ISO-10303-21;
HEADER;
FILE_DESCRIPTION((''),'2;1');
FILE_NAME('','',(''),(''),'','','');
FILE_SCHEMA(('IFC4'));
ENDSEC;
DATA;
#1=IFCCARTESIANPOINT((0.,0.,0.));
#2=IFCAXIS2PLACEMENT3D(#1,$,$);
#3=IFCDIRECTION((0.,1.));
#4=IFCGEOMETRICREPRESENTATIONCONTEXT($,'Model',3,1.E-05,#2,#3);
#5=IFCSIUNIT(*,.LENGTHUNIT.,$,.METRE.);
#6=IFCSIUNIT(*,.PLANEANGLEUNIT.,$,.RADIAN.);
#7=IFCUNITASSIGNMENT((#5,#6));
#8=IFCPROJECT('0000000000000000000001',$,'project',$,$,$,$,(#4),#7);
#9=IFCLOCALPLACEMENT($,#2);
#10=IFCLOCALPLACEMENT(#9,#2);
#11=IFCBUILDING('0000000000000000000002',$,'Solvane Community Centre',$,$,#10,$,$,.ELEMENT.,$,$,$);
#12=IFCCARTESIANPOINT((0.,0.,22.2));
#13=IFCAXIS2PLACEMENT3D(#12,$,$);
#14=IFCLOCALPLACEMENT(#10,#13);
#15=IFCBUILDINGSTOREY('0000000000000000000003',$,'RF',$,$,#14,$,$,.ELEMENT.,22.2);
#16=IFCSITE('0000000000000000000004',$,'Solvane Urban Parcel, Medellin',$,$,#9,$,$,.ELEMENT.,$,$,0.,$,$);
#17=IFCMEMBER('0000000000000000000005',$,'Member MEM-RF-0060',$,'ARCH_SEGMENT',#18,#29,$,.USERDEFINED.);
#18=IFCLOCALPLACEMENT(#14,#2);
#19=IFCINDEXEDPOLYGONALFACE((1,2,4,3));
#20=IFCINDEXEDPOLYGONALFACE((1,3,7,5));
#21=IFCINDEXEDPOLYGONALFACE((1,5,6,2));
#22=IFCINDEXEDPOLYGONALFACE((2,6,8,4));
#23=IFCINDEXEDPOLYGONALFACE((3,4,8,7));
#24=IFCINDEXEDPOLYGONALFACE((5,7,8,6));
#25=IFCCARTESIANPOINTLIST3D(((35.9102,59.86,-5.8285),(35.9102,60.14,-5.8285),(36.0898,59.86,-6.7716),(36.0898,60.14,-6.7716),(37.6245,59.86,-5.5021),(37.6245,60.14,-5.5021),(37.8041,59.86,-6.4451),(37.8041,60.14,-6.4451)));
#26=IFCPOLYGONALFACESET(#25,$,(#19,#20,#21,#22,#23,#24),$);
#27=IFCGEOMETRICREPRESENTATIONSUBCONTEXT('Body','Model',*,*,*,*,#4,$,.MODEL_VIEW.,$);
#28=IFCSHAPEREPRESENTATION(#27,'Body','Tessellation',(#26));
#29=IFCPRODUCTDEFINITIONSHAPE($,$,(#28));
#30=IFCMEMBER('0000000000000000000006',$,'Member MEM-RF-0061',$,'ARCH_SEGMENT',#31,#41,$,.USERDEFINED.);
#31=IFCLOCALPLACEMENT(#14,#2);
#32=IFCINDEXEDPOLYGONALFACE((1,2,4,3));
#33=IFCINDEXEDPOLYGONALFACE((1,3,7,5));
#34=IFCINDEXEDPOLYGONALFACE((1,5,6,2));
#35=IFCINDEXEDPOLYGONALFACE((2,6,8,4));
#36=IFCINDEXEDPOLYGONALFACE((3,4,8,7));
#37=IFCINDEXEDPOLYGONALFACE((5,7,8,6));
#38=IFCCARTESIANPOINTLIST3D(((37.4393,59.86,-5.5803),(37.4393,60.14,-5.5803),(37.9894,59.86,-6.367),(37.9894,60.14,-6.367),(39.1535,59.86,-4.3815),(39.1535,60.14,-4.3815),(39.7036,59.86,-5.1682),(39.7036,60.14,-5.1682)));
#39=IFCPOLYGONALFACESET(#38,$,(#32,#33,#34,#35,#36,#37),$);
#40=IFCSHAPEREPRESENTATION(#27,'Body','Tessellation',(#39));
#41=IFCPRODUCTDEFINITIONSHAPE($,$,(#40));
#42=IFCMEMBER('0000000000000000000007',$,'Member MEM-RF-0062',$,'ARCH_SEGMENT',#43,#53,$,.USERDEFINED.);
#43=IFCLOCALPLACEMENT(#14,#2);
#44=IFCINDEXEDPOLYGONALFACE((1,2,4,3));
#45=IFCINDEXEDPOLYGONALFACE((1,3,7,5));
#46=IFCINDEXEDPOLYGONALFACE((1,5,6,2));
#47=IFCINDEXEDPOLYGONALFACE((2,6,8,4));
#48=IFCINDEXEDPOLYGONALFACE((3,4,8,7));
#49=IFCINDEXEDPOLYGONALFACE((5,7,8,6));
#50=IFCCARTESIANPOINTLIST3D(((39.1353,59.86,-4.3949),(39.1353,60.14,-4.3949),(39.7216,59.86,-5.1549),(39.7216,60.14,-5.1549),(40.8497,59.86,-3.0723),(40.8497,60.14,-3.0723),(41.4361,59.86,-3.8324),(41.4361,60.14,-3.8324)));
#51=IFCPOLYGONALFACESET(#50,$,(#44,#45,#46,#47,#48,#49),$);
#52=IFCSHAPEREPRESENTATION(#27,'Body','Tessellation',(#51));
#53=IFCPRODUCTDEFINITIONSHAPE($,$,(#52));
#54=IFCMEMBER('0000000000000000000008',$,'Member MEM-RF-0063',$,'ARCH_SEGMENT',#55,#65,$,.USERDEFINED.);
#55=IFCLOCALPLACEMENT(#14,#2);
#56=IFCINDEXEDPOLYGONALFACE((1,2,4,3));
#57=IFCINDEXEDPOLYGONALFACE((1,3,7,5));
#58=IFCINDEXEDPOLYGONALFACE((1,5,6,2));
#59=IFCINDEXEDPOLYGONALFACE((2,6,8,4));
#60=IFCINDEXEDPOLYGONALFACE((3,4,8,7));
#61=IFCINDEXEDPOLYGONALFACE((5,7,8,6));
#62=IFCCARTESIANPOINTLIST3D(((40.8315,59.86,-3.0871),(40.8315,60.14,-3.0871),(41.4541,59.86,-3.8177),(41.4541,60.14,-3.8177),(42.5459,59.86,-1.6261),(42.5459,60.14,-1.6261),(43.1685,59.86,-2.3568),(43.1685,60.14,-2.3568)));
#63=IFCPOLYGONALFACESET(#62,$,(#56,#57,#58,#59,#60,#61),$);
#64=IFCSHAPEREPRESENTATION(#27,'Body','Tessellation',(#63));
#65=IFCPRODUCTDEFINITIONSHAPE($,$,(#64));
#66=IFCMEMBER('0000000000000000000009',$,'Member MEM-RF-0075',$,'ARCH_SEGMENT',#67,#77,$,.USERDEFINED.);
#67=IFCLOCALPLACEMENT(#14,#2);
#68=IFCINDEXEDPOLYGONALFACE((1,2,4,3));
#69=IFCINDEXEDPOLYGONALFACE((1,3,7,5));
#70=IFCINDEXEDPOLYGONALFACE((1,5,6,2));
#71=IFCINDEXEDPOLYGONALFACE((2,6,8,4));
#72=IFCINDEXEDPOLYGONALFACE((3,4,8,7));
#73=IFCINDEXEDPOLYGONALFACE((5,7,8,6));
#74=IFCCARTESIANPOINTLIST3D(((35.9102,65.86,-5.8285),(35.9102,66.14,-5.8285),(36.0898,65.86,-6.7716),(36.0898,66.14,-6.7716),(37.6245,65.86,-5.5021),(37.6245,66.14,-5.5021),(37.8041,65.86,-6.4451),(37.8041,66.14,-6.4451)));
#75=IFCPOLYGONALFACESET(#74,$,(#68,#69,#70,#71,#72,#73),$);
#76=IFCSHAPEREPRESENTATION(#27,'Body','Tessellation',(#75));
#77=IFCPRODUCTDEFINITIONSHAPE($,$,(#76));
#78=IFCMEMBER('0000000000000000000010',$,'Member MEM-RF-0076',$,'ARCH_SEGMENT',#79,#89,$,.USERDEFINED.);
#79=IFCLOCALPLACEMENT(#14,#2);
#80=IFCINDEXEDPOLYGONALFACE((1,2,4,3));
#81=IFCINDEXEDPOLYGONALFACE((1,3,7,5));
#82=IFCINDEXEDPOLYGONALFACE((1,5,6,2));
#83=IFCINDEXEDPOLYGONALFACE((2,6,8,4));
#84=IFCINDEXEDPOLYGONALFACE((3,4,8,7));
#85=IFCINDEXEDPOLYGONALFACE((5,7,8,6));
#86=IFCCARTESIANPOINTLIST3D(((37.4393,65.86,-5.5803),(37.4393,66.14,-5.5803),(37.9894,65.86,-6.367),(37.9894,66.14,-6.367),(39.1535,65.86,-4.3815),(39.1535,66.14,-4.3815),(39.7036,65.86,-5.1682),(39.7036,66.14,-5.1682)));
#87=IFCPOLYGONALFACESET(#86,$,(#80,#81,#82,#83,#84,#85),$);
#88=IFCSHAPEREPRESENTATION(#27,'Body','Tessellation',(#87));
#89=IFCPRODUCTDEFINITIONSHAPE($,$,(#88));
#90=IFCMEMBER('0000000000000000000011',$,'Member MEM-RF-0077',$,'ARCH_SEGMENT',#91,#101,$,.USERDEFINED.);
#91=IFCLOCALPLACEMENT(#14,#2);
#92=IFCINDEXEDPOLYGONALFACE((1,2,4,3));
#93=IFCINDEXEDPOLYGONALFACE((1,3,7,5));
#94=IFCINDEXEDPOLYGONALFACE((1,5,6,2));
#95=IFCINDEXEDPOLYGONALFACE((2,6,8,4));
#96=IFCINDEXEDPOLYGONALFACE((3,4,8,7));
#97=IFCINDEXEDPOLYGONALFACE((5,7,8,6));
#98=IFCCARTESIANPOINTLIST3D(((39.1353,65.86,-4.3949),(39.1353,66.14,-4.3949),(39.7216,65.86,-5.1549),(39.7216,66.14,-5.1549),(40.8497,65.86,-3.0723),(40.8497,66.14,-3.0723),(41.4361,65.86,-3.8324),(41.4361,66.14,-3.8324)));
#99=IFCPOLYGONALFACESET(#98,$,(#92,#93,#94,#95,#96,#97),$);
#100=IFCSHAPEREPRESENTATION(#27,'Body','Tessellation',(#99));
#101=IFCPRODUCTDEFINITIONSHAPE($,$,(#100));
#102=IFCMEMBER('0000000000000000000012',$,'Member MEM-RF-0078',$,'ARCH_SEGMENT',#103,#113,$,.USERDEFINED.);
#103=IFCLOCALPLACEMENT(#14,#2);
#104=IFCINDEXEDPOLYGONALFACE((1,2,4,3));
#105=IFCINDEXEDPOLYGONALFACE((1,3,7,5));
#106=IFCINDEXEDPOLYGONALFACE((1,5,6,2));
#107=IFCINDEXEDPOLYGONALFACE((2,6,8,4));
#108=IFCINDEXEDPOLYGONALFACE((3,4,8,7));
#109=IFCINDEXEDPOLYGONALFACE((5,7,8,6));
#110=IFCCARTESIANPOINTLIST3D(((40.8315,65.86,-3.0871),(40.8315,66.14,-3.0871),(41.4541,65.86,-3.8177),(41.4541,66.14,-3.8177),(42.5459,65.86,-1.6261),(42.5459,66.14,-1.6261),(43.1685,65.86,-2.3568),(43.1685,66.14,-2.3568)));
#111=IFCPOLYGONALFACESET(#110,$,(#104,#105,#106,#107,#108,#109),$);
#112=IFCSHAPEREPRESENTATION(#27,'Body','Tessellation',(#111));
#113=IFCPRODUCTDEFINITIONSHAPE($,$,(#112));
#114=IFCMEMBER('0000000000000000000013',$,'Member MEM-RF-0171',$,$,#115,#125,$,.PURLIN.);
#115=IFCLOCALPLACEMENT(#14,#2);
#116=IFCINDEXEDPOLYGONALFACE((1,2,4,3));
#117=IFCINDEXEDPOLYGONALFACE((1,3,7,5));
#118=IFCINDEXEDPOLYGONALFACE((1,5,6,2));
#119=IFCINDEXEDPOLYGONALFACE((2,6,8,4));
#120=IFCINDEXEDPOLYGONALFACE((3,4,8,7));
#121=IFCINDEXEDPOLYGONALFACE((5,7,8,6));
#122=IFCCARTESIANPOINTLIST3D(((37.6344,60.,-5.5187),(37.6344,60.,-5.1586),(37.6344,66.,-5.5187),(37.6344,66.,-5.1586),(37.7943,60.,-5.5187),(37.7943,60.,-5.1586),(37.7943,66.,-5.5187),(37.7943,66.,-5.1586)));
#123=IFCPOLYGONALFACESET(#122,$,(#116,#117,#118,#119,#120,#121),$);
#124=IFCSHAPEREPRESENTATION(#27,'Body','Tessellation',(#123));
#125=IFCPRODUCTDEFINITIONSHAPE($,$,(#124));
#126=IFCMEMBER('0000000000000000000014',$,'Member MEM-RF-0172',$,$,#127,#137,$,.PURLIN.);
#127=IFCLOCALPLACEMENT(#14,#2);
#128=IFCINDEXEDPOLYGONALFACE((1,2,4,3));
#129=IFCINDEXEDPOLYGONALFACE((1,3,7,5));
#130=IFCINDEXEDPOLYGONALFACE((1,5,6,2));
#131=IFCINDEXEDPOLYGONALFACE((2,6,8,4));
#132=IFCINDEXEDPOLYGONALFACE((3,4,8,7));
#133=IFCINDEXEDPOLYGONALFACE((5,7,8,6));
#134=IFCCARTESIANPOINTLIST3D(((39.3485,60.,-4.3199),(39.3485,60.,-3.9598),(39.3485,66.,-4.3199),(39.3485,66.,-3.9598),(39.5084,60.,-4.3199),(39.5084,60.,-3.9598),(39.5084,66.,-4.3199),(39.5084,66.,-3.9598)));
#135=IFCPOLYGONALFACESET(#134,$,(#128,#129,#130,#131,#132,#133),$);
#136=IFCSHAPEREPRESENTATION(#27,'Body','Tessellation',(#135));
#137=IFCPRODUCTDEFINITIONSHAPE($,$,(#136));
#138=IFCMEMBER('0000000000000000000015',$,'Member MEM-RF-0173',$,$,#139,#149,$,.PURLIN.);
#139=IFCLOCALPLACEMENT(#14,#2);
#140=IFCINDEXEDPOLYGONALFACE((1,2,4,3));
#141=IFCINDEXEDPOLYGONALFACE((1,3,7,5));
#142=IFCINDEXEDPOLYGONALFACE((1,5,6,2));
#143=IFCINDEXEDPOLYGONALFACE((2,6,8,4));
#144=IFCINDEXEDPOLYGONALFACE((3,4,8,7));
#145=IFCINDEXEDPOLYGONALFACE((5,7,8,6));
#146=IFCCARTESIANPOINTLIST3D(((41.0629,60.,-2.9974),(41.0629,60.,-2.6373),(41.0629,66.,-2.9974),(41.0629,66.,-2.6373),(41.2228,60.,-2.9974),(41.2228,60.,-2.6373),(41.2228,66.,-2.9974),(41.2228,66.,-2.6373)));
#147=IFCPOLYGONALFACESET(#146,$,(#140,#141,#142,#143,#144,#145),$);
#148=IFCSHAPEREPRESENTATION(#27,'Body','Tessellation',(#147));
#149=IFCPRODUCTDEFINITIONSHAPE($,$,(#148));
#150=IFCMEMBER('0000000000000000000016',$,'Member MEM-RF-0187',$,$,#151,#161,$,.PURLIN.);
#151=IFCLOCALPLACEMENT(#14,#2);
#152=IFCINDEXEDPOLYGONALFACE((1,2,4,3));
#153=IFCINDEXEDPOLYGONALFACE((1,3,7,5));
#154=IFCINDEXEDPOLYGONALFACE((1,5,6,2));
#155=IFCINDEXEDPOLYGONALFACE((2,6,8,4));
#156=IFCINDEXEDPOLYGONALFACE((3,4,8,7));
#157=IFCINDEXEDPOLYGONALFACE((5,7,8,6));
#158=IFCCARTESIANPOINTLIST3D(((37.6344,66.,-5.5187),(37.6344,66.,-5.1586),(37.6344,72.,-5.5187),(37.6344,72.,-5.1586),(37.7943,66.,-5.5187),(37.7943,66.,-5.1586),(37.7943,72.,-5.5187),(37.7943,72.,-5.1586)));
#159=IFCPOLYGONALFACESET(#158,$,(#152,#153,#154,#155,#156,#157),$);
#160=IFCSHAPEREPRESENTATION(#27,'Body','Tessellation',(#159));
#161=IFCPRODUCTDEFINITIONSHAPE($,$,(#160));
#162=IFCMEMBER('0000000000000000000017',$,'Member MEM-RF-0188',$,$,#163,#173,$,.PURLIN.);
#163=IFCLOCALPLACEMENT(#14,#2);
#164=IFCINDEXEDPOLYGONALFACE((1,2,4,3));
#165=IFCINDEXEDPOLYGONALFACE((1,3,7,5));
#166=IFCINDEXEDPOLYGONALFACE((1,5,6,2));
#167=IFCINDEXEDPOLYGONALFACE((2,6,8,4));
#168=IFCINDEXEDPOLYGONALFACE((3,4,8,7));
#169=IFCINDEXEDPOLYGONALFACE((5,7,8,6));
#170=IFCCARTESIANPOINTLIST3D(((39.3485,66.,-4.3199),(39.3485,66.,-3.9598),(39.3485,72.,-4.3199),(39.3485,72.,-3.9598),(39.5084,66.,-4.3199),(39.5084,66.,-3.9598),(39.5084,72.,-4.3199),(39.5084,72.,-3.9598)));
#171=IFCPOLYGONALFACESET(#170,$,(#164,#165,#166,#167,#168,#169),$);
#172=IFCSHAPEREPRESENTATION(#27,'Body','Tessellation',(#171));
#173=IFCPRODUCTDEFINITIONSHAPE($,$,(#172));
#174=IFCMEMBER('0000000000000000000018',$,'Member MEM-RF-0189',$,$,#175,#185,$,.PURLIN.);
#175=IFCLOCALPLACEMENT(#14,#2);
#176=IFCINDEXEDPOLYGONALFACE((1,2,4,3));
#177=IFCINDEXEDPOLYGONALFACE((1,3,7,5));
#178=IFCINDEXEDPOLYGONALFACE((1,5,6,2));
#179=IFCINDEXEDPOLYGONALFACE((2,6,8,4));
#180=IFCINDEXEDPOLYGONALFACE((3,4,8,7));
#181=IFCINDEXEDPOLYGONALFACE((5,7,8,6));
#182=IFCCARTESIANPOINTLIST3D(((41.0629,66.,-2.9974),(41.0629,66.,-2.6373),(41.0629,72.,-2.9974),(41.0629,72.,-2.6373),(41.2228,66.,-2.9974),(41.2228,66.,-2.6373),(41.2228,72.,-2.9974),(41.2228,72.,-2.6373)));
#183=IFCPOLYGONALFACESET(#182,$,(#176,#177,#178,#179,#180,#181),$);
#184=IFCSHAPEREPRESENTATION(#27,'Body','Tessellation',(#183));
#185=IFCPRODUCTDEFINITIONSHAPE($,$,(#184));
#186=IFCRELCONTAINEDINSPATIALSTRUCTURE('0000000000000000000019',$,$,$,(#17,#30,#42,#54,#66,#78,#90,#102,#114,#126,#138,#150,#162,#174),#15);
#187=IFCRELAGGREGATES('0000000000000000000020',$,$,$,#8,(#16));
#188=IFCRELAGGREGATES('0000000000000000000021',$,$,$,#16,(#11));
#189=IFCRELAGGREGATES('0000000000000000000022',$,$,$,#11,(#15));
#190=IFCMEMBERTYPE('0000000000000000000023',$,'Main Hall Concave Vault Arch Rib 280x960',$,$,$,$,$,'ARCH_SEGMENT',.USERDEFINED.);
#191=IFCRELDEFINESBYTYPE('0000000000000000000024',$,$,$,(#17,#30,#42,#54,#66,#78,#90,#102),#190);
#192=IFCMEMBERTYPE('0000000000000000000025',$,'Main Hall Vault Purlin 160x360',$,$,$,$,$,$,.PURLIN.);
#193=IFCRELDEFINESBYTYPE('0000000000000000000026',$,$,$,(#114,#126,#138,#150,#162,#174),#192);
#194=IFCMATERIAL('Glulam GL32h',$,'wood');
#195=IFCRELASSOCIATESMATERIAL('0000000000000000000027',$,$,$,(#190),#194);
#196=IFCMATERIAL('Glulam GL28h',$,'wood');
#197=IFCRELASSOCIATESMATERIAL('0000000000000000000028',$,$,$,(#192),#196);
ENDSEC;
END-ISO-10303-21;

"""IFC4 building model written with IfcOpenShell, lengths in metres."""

from ifc_helpers import new_model, si_unit, direction, frame, origin, origin_2d, place, context, subcontext, project, spatial, rectangle, extrude, material, material_profile, profile_set, type_object, element, save


model = new_model("IFC4")

# Units and contexts
model_context = context("Model", 3, precision=1e-05, world=origin(), true_north=direction((0.0, 1.0)))
body_context = subcontext(model_context, "Body", "Model", "MODEL_VIEW")
ifc_project = project(units=[si_unit("LENGTHUNIT", "METRE"), si_unit("PLANEANGLEUNIT", "RADIAN")], contexts=[model_context])

# Site, building, storey
site_placement = place(None, origin())
site = spatial("IfcSite", under=ifc_project, at=site_placement, Name="Solvane Urban Parcel, Medellin", CompositionType="ELEMENT", RefElevation=0.0)
building_placement = place(site_placement, origin())
building = spatial("IfcBuilding", under=site, at=building_placement, Name="Solvane Community Centre", CompositionType="ELEMENT")
storey_placement = place(building_placement, frame((0.0, 0.0, 22.2)))
storey = spatial("IfcBuildingStorey", under=building, at=storey_placement, Name="RF", CompositionType="ELEMENT", Elevation=22.2)

# Members
ifc_material_1 = material(Name="Glulam GL32h", Category="wood")
ifc_material_profile_1 = material_profile(ifc_material_1, rectangle(XDim=0.28, YDim=0.96, at=origin_2d()), Name="GL32h 280x960")
ifc_profile_set_1 = profile_set([ifc_material_profile_1], Name="Glulam GL32h")
member_type_1 = type_object("IfcMemberType", Name="Main Hall Concave Vault Arch Rib 280x960", ElementType="ARCH_SEGMENT", PredefinedType="USERDEFINED", material=ifc_profile_set_1)
member_1_placement = place(storey_placement, frame((36.0, 60.0, -6.3), z_axis=(0.982352, 0.0, 0.187041), x_axis=(0.0, 1.0, 0.0)))
element("IfcMember", 1, at=member_1_placement, inside=storey, type_object=member_type_1, Name="Member MEM-RF-0060", ObjectType="ARCH_SEGMENT", PredefinedType="USERDEFINED", context=body_context, shape_type="SweptSolid", body=[
    extrude(rectangle(XDim=0.28, YDim=0.96, at=origin_2d()), origin(), (0.0, 0.0, 1.0), 1.7451),
])
member_2_placement = place(storey_placement, frame((37.7144, 60.0, -5.9736), z_axis=(0.81949, 0.0, 0.573094), x_axis=(0.0, 1.0, 0.0)))
element("IfcMember", 2, at=member_2_placement, inside=storey, type_object=member_type_1, Name="Member MEM-RF-0061", ObjectType="ARCH_SEGMENT", PredefinedType="USERDEFINED", context=body_context, shape_type="SweptSolid", body=[
    extrude(rectangle(XDim=0.28, YDim=0.96, at=origin_2d()), origin(), (0.0, 0.0, 1.0), 2.0918),
])
member_3_placement = place(storey_placement, frame((39.4285, 60.0, -4.7749), z_axis=(0.791781, 0.0, 0.610805), x_axis=(0.0, 1.0, 0.0)))
element("IfcMember", 3, at=member_3_placement, inside=storey, type_object=member_type_1, Name="Member MEM-RF-0062", ObjectType="ARCH_SEGMENT", PredefinedType="USERDEFINED", context=body_context, shape_type="SweptSolid", body=[
    extrude(rectangle(XDim=0.28, YDim=0.96, at=origin_2d()), origin(), (0.0, 0.0, 1.0), 2.1653),
])
member_4_placement = place(storey_placement, frame((41.1428, 60.0, -3.4524), z_axis=(0.76112, 0.0, 0.648611), x_axis=(0.0, 1.0, 0.0)))
element("IfcMember", 4, at=member_4_placement, inside=storey, type_object=member_type_1, Name="Member MEM-RF-0063", ObjectType="ARCH_SEGMENT", PredefinedType="USERDEFINED", context=body_context, shape_type="SweptSolid", body=[
    extrude(rectangle(XDim=0.28, YDim=0.96, at=origin_2d()), origin(), (0.0, 0.0, 1.0), 2.2524),
])
member_5_placement = place(storey_placement, frame((36.0, 66.0, -6.3), z_axis=(0.982352, 0.0, 0.187041), x_axis=(0.0, 1.0, 0.0)))
element("IfcMember", 5, at=member_5_placement, inside=storey, type_object=member_type_1, Name="Member MEM-RF-0075", ObjectType="ARCH_SEGMENT", PredefinedType="USERDEFINED", context=body_context, shape_type="SweptSolid", body=[
    extrude(rectangle(XDim=0.28, YDim=0.96, at=origin_2d()), origin(), (0.0, 0.0, 1.0), 1.7451),
])
member_6_placement = place(storey_placement, frame((37.7144, 66.0, -5.9736), z_axis=(0.81949, 0.0, 0.573094), x_axis=(0.0, 1.0, 0.0)))
element("IfcMember", 6, at=member_6_placement, inside=storey, type_object=member_type_1, Name="Member MEM-RF-0076", ObjectType="ARCH_SEGMENT", PredefinedType="USERDEFINED", context=body_context, shape_type="SweptSolid", body=[
    extrude(rectangle(XDim=0.28, YDim=0.96, at=origin_2d()), origin(), (0.0, 0.0, 1.0), 2.0918),
])
member_7_placement = place(storey_placement, frame((39.4285, 66.0, -4.7749), z_axis=(0.791781, 0.0, 0.610805), x_axis=(0.0, 1.0, 0.0)))
element("IfcMember", 7, at=member_7_placement, inside=storey, type_object=member_type_1, Name="Member MEM-RF-0077", ObjectType="ARCH_SEGMENT", PredefinedType="USERDEFINED", context=body_context, shape_type="SweptSolid", body=[
    extrude(rectangle(XDim=0.28, YDim=0.96, at=origin_2d()), origin(), (0.0, 0.0, 1.0), 2.1653),
])
member_8_placement = place(storey_placement, frame((41.1428, 66.0, -3.4524), z_axis=(0.76112, 0.0, 0.648611), x_axis=(0.0, 1.0, 0.0)))
element("IfcMember", 8, at=member_8_placement, inside=storey, type_object=member_type_1, Name="Member MEM-RF-0078", ObjectType="ARCH_SEGMENT", PredefinedType="USERDEFINED", context=body_context, shape_type="SweptSolid", body=[
    extrude(rectangle(XDim=0.28, YDim=0.96, at=origin_2d()), origin(), (0.0, 0.0, 1.0), 2.2524),
])
ifc_material_2 = material(Name="Glulam GL28h", Category="wood")
ifc_material_profile_2 = material_profile(ifc_material_2, rectangle(XDim=0.1599, YDim=0.3601, at=origin_2d()), Name="GL28h 160x360")
ifc_profile_set_2 = profile_set([ifc_material_profile_2], Name="Glulam GL28h")
member_type_2 = type_object("IfcMemberType", Name="Main Hall Vault Purlin 160x360", PredefinedType="PURLIN", material=ifc_profile_set_2)
for number, where, z_axis, x_axis, name in (
    (9, (37.7144, 60.0, -5.3386), (0.0, 1.0, 0.0), (-1.0, 0.0, 0.0), "Member MEM-RF-0171"),
    (10, (39.4285, 60.0, -4.1399), (0.0, 1.0, 0.0), (-1.0, 0.0, 0.0), "Member MEM-RF-0172"),
    (11, (41.1428, 60.0, -2.8174), (0.0, 1.0, 0.0), (-1.0, 0.0, 0.0), "Member MEM-RF-0173"),
    (12, (37.7144, 66.0, -5.3386), (0.0, 1.0, 0.0), (-1.0, 0.0, 0.0), "Member MEM-RF-0187"),
    (13, (39.4285, 66.0, -4.1399), (0.0, 1.0, 0.0), (-1.0, 0.0, 0.0), "Member MEM-RF-0188"),
    (14, (41.1428, 66.0, -2.8174), (0.0, 1.0, 0.0), (-1.0, 0.0, 0.0), "Member MEM-RF-0189"),
):
    element("IfcMember", number, at=place(storey_placement, frame(where, z_axis=z_axis, x_axis=x_axis)), inside=storey, type_object=member_type_2, Name=name, PredefinedType="PURLIN", context=body_context, shape_type="SweptSolid", body=[
        extrude(rectangle(XDim=0.1599, YDim=0.3601, at=origin_2d()), origin(), (0.0, 0.0, 1.0), 6.0),
    ])

save(model, "model.ifc")
